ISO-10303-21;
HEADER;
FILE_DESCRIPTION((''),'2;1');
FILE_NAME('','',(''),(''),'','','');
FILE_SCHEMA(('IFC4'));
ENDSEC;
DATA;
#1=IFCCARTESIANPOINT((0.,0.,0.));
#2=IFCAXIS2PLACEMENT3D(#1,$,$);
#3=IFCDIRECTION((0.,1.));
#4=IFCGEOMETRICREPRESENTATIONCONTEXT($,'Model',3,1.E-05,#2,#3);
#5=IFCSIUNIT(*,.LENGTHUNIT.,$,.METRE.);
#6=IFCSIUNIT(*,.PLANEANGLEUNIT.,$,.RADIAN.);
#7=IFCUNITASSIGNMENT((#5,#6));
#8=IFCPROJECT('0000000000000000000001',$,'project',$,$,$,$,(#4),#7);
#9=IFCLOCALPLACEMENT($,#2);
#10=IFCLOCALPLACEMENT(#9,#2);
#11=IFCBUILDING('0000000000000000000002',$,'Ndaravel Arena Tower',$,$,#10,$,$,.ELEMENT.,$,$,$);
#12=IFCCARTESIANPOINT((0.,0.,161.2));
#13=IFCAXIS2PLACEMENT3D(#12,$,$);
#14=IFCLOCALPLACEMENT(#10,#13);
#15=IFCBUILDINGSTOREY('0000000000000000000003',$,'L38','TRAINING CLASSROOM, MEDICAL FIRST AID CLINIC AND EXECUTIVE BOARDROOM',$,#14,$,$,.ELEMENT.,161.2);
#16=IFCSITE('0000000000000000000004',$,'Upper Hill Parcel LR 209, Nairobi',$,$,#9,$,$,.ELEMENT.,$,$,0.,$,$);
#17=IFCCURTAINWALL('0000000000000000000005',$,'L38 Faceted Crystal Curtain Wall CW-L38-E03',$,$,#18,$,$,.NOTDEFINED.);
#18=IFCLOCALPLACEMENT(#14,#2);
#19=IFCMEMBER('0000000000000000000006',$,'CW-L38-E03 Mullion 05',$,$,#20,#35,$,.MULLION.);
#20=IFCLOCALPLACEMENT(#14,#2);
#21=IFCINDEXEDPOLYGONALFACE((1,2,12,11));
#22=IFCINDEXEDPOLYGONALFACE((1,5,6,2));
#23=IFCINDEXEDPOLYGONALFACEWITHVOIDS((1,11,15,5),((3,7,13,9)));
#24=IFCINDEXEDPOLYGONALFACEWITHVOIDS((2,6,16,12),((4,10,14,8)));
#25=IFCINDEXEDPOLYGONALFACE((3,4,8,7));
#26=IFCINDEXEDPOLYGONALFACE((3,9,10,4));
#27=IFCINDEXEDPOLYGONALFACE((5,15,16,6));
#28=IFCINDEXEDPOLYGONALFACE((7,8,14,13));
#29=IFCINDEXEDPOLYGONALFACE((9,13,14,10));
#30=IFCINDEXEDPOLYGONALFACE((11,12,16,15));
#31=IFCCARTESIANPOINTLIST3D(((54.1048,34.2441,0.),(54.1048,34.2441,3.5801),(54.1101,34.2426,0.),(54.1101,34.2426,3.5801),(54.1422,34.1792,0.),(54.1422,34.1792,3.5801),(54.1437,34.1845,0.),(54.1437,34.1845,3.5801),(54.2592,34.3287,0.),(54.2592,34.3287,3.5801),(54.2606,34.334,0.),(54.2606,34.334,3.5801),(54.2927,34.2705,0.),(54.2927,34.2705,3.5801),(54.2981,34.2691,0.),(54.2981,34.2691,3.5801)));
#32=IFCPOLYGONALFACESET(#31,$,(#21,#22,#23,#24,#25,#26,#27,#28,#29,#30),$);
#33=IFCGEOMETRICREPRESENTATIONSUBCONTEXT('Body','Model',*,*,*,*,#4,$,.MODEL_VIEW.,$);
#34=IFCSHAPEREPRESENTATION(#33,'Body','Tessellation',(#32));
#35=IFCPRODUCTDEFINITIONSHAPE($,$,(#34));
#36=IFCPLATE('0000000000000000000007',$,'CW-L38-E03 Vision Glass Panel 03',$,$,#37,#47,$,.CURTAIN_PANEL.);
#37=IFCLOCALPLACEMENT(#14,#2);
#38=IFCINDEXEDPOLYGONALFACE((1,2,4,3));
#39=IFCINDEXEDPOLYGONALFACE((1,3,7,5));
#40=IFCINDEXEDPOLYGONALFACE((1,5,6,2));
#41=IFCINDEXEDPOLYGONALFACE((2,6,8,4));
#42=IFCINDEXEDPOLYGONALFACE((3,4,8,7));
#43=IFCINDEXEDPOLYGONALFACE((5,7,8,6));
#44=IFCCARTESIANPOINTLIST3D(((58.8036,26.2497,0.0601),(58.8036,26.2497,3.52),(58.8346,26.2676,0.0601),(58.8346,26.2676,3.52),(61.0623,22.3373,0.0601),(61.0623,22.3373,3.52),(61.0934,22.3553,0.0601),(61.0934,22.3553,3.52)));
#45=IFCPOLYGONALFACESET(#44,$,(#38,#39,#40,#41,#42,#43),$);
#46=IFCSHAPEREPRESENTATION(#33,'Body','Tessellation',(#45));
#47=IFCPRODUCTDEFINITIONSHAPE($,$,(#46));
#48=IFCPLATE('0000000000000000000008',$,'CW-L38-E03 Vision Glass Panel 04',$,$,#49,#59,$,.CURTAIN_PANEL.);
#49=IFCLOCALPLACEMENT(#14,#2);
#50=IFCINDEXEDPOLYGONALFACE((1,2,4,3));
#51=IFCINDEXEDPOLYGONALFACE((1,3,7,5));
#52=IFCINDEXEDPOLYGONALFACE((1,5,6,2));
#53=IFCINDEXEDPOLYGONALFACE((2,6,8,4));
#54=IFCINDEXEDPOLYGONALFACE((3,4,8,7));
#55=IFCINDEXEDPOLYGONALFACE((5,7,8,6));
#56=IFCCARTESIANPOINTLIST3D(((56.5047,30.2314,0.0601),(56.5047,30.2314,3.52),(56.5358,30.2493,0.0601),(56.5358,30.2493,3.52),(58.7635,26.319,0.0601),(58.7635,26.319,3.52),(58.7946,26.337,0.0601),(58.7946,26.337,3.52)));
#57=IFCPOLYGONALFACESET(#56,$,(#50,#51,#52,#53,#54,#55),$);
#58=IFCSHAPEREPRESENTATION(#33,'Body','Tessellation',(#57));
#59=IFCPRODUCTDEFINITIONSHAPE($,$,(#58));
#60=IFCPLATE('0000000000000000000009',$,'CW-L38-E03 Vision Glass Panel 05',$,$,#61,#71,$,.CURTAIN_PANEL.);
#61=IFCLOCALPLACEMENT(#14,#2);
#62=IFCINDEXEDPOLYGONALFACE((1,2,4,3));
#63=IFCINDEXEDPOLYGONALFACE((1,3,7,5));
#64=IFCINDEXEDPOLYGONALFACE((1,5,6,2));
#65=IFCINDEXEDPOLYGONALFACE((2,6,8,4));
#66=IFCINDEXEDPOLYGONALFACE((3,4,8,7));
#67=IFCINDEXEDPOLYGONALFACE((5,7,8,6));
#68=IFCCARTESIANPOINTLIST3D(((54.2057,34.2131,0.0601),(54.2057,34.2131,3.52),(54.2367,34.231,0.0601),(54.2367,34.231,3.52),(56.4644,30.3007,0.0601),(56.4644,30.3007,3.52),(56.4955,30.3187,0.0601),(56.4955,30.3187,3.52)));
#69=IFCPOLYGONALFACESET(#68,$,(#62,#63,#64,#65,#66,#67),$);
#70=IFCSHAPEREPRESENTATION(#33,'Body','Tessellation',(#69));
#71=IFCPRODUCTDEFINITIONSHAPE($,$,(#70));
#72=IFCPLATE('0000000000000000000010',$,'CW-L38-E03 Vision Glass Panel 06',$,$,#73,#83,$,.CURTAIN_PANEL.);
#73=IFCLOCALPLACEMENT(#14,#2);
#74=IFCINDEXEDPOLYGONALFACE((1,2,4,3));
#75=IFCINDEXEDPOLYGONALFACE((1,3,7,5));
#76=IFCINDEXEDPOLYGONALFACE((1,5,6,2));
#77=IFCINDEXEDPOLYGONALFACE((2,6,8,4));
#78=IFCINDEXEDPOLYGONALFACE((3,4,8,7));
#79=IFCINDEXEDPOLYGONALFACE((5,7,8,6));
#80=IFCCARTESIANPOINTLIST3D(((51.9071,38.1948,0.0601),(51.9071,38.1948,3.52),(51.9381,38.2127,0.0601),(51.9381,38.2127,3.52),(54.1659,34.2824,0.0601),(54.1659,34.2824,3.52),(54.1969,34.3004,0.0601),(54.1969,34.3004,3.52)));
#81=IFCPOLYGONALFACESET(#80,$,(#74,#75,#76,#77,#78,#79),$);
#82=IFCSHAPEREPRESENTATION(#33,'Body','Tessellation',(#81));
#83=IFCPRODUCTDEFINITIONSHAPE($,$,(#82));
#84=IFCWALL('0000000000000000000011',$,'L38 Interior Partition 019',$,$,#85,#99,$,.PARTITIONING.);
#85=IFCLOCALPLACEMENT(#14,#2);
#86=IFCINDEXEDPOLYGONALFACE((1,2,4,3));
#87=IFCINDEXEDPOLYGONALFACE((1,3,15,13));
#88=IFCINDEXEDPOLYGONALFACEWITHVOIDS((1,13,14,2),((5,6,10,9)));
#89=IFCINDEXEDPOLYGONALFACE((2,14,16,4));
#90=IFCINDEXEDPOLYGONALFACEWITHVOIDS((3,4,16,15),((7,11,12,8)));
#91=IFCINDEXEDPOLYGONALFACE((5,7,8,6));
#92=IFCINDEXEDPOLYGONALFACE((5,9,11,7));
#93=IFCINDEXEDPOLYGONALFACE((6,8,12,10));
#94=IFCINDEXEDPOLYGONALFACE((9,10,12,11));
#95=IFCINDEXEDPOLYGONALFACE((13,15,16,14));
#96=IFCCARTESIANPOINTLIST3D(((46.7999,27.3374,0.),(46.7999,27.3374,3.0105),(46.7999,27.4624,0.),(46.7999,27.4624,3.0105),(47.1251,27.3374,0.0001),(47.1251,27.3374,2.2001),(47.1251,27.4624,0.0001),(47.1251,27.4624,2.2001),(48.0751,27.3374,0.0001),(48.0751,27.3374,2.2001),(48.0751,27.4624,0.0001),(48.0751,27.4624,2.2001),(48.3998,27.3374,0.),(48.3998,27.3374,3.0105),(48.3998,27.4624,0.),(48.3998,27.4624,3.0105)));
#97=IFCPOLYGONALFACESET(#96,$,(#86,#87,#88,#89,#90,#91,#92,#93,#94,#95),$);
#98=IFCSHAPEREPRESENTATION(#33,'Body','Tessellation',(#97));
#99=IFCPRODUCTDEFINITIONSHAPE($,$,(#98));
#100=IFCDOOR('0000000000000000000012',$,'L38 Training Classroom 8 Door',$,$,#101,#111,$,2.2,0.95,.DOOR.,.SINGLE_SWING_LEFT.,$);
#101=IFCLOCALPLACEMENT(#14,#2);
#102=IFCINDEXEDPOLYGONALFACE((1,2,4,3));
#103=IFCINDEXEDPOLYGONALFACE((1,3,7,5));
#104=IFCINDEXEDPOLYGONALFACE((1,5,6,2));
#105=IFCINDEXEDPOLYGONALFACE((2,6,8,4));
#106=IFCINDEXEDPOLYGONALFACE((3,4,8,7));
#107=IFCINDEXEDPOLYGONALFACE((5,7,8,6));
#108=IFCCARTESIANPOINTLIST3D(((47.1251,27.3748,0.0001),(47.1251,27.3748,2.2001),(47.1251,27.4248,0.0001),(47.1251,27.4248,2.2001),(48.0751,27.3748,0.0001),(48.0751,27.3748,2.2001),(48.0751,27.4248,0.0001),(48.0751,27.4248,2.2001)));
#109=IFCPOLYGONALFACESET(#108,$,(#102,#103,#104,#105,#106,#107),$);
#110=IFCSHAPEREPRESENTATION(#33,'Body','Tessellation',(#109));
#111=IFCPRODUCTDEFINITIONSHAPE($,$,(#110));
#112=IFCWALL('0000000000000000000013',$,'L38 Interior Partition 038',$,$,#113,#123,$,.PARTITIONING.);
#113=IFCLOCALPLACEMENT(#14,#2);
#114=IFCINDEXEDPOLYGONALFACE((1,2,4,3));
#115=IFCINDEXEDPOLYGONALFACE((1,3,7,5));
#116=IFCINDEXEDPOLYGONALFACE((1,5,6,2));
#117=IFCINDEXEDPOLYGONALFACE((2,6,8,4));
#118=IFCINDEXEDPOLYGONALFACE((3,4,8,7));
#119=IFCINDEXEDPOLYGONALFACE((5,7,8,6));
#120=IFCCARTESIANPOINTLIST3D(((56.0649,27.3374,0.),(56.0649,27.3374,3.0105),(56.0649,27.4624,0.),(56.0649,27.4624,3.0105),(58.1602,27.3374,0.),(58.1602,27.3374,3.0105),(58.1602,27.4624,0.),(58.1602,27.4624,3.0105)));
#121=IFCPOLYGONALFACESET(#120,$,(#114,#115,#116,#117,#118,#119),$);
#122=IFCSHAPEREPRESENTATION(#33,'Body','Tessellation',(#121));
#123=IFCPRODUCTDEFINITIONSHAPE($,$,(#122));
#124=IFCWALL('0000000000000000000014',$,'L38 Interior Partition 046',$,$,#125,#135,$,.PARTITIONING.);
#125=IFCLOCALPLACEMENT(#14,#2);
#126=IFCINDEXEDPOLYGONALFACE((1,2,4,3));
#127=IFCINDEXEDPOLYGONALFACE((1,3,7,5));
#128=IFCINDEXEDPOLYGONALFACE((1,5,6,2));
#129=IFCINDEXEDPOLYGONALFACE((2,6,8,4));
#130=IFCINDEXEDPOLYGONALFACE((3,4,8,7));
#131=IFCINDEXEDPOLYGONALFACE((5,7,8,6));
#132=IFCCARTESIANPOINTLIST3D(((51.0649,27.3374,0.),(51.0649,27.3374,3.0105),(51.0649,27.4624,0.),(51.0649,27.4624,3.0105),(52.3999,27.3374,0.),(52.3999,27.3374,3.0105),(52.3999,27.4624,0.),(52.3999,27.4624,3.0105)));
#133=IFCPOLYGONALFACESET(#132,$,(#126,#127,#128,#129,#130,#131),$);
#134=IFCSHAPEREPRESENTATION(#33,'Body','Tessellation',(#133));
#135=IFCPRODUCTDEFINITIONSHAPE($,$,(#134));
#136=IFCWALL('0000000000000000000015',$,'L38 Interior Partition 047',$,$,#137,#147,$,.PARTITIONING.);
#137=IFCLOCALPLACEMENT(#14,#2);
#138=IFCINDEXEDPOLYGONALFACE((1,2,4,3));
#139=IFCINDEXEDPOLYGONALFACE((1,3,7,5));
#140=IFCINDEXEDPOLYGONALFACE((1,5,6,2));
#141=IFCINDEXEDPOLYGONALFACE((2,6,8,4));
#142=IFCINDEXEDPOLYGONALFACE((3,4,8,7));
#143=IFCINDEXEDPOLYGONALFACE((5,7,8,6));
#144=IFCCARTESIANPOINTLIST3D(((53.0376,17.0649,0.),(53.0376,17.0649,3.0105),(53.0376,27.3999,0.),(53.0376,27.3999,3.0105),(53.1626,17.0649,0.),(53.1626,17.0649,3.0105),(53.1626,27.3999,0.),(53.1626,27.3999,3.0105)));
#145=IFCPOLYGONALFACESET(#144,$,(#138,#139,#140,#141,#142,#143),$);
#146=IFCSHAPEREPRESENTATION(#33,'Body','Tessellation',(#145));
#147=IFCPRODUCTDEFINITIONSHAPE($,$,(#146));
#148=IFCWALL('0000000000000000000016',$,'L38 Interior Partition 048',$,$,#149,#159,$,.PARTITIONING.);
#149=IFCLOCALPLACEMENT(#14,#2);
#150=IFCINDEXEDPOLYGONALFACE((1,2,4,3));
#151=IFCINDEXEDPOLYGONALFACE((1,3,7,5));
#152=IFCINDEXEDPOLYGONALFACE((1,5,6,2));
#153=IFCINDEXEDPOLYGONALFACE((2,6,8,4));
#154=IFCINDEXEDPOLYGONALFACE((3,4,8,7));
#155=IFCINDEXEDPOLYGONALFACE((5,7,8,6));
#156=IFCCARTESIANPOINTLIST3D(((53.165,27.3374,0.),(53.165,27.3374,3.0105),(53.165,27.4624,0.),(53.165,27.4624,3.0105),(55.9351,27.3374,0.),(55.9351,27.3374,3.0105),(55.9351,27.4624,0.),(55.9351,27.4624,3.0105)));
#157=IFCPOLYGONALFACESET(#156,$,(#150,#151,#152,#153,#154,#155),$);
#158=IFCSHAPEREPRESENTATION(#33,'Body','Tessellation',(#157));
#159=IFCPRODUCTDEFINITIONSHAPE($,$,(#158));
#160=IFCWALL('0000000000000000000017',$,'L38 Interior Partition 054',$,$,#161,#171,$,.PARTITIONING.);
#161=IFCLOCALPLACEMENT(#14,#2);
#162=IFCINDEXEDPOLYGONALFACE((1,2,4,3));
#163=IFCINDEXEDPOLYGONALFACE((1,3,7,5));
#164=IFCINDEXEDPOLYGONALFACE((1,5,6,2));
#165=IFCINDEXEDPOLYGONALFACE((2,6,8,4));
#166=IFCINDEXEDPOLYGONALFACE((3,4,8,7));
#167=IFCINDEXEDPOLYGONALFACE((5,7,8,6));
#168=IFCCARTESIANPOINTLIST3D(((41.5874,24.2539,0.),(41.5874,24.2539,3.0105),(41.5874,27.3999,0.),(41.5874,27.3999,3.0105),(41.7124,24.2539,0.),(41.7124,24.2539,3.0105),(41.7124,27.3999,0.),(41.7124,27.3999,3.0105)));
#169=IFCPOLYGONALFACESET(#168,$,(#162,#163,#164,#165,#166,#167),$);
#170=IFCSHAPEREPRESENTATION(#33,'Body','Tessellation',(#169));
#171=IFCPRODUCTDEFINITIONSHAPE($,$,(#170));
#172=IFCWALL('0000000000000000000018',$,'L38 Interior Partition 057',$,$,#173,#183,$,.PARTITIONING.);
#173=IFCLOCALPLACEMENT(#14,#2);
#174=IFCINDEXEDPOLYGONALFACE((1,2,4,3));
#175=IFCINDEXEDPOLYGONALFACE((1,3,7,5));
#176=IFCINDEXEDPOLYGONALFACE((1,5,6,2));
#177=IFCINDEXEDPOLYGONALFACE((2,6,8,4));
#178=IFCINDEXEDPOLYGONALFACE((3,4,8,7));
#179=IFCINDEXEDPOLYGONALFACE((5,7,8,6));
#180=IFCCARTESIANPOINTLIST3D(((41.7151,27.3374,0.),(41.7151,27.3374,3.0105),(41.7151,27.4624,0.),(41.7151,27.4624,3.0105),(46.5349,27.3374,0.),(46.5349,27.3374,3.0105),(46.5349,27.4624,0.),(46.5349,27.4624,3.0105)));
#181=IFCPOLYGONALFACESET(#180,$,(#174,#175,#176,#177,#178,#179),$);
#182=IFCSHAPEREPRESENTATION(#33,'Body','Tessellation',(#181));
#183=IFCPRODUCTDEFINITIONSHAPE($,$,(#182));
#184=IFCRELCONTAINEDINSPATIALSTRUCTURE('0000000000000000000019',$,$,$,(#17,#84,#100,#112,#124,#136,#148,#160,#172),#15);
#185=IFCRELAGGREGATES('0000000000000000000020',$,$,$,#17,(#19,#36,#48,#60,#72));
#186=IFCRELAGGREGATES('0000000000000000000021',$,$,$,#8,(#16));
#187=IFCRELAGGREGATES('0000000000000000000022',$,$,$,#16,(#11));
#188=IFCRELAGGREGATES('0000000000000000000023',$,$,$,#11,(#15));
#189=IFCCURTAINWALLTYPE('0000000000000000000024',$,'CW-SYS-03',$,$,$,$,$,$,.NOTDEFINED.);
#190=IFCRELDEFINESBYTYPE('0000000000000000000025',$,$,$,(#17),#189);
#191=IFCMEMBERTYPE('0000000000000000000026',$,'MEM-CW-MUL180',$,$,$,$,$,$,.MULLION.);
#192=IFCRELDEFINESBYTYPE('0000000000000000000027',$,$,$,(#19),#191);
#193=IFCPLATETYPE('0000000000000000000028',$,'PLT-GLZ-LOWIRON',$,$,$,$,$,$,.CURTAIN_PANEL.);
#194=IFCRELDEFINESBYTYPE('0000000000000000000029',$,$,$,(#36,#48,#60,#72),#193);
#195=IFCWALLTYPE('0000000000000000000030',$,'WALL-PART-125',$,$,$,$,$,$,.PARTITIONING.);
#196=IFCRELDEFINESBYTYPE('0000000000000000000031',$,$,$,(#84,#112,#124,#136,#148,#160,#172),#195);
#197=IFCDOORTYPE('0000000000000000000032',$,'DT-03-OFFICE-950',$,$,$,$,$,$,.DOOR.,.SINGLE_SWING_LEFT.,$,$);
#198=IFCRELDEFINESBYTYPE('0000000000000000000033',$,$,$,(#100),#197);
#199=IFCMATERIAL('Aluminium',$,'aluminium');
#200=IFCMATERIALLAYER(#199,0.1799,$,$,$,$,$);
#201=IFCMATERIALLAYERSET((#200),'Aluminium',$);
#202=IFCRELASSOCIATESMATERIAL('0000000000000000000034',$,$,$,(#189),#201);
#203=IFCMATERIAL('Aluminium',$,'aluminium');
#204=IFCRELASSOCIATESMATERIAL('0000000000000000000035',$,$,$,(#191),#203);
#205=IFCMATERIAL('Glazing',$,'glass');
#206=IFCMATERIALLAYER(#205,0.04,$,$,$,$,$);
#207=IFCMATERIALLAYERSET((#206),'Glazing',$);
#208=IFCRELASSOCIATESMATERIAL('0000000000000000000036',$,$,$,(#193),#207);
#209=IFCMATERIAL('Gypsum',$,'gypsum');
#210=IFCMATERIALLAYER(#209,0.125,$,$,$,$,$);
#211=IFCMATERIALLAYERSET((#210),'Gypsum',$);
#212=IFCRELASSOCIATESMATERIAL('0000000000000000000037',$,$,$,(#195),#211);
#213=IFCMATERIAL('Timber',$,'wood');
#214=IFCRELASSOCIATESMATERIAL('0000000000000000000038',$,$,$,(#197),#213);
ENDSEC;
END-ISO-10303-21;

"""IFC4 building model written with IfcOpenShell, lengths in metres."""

from ifc_helpers import new_model, si_unit, direction, frame, frame_2d, origin, origin_2d, place, context, subcontext, project, spatial, rectangle, hollow_rectangle, extrude, material, layer, layer_set, material_profile, profile_set, type_object, element, fill, aggregate, save


model = new_model("IFC4")

# Units and contexts
model_context = context("Model", 3, precision=1e-05, world=origin(), true_north=direction((0.0, 1.0)))
body_context = subcontext(model_context, "Body", "Model", "MODEL_VIEW")
ifc_project = project(units=[si_unit("LENGTHUNIT", "METRE"), si_unit("PLANEANGLEUNIT", "RADIAN")], contexts=[model_context])

# Site, building, storey
site_placement = place(None, origin())
site = spatial("IfcSite", under=ifc_project, at=site_placement, Name="Upper Hill Parcel LR 209, Nairobi", CompositionType="ELEMENT", RefElevation=0.0)
building_placement = place(site_placement, origin())
building = spatial("IfcBuilding", under=site, at=building_placement, Name="Ndaravel Arena Tower", CompositionType="ELEMENT")
storey_placement = place(building_placement, frame((0.0, 0.0, 161.2)))
storey = spatial("IfcBuildingStorey", under=building, at=storey_placement, Name="L38", Description="TRAINING CLASSROOM, MEDICAL FIRST AID CLINIC AND EXECUTIVE BOARDROOM", CompositionType="ELEMENT", Elevation=161.2)

# Curtain wall, member, plates
ifc_material_1 = material(Name="Aluminium", Category="aluminium")
ifc_layer_1 = layer(ifc_material_1, 0.1799)
ifc_layer_set_1 = layer_set([ifc_layer_1], Name="Aluminium")
curtain_wall_type = type_object("IfcCurtainWallType", Name="CW-SYS-03", PredefinedType="NOTDEFINED", material=ifc_layer_set_1)
curtain_wall_placement = place(storey_placement, origin())
curtain_wall = element("IfcCurtainWall", 1, at=curtain_wall_placement, inside=storey, type_object=curtain_wall_type, Name="L38 Faceted Crystal Curtain Wall CW-L38-E03", PredefinedType="NOTDEFINED")
ifc_material_2 = material(Name="Aluminium", Category="aluminium")
ifc_material_profile_1 = material_profile(ifc_material_2, hollow_rectangle(XDim=0.075, YDim=0.1799, WallThickness=0.0039, at=origin_2d()), Name="CW MULLION 75x180x4")
ifc_profile_set_1 = profile_set([ifc_material_profile_1], Name="Aluminium")
member_type = type_object("IfcMemberType", Name="MEM-CW-MUL180", PredefinedType="MULLION", material=ifc_profile_set_1)
member_1_placement = place(storey_placement, frame((54.2014, 34.2566, 0.0), z_axis=(0.0, 0.0, 1.0), x_axis=(-0.5, 0.866025, 0.0)))
member_1 = element("IfcMember", 2, at=member_1_placement, type_object=member_type, Name="CW-L38-E03 Mullion 05", PredefinedType="MULLION", context=body_context, shape_type="SweptSolid", body=[
    extrude(hollow_rectangle(XDim=0.075, YDim=0.1799, WallThickness=0.0039, at=origin_2d()), origin(), (0.0, 0.0, 1.0), 3.5801),
])
ifc_material_3 = material(Name="Glazing", Category="glass")
ifc_layer_2 = layer(ifc_material_3, 0.04)
ifc_layer_set_2 = layer_set([ifc_layer_2], Name="Glazing")
plate_type = type_object("IfcPlateType", Name="PLT-GLZ-LOWIRON", PredefinedType="CURTAIN_PANEL", material=ifc_layer_set_2)
plate_1_placement = place(storey_placement, frame((59.9485, 24.3025, 0.0601), z_axis=(0.0, 0.0, 1.0), x_axis=(-0.5, 0.866025, 0.0)))
plate_1 = element("IfcPlate", 3, at=plate_1_placement, type_object=plate_type, Name="CW-L38-E03 Vision Glass Panel 03", PredefinedType="CURTAIN_PANEL", context=body_context, shape_type="SweptSolid", body=[
    extrude(rectangle(XDim=4.5176, YDim=0.0359, at=origin_2d()), origin(), (0.0, 0.0, 1.0), 3.46),
])
plate_2_placement = place(storey_placement, frame((57.6497, 28.2842, 0.0601), z_axis=(0.0, 0.0, 1.0), x_axis=(-0.5, 0.866025, 0.0)))
plate_2 = element("IfcPlate", 4, at=plate_2_placement, type_object=plate_type, Name="CW-L38-E03 Vision Glass Panel 04", PredefinedType="CURTAIN_PANEL", context=body_context, shape_type="SweptSolid", body=[
    extrude(rectangle(XDim=4.5176, YDim=0.0359, at=origin_2d()), origin(), (0.0, 0.0, 1.0), 3.46),
])
plate_3_placement = place(storey_placement, frame((55.3506, 32.2659, 0.0601), z_axis=(0.0, 0.0, 1.0), x_axis=(-0.5, 0.866025, 0.0)))
plate_3 = element("IfcPlate", 5, at=plate_3_placement, type_object=plate_type, Name="CW-L38-E03 Vision Glass Panel 05", PredefinedType="CURTAIN_PANEL", context=body_context, shape_type="SweptSolid", body=[
    extrude(rectangle(XDim=4.5176, YDim=0.0359, at=origin_2d()), origin(), (0.0, 0.0, 1.0), 3.46),
])
plate_4_placement = place(storey_placement, frame((53.052, 36.2476, 0.0601), z_axis=(0.0, 0.0, 1.0), x_axis=(-0.5, 0.866025, 0.0)))
plate_4 = element("IfcPlate", 6, at=plate_4_placement, type_object=plate_type, Name="CW-L38-E03 Vision Glass Panel 06", PredefinedType="CURTAIN_PANEL", context=body_context, shape_type="SweptSolid", body=[
    extrude(rectangle(XDim=4.5176, YDim=0.0359, at=origin_2d()), origin(), (0.0, 0.0, 1.0), 3.46),
])
aggregate(curtain_wall, [member_1, plate_1, plate_2, plate_3, plate_4])

# Wall, opening, door
ifc_material_4 = material(Name="Gypsum", Category="gypsum")
ifc_layer_3 = layer(ifc_material_4, 0.125)
ifc_layer_set_3 = layer_set([ifc_layer_3], Name="Gypsum")
wall_type_1 = type_object("IfcWallType", Name="WALL-PART-125", PredefinedType="PARTITIONING", material=ifc_layer_set_3)
wall_1_placement = place(storey_placement, frame((46.8, 27.3999, 0.0), z_axis=(0.0, 0.0, 1.0), x_axis=(1.0, 0.0, 0.0)))
wall_1 = element("IfcWall", 7, at=wall_1_placement, inside=storey, type_object=wall_type_1, Name="L38 Interior Partition 019", PredefinedType="PARTITIONING", context=body_context, shape_type="SweptSolid", body=[
    extrude(rectangle(XDim=1.5999, YDim=0.125, at=frame_2d((0.7998, 0.0))), origin(), (0.0, 0.0, 1.0), 3.0105),
])
opening_1_placement = place(wall_1_placement, frame((0.325, 0.0, 0.0)))
opening_1 = element("IfcOpeningElement", 8, at=opening_1_placement, cuts=wall_1, PredefinedType="OPENING", context=body_context, shape_type="SweptSolid", body=[
    extrude(rectangle(XDim=0.95, YDim=2.2, at=frame_2d((0.4751, 1.1001))), frame((0.0, 0.0625, 0.0), z_axis=(0.0, -1.0, 0.0), x_axis=(1.0, 0.0, 0.0)), (0.0, 0.0, 1.0), 0.125),
])
ifc_material_5 = material(Name="Timber", Category="wood")
door_type_1 = type_object("IfcDoorType", Name="DT-03-OFFICE-950", OperationType="SINGLE_SWING_LEFT", PredefinedType="DOOR", material=ifc_material_5)
door_1_placement = place(opening_1_placement, origin())
door_1 = element("IfcDoor", 9, at=door_1_placement, inside=storey, type_object=door_type_1, Name="L38 Training Classroom 8 Door", OperationType="SINGLE_SWING_LEFT", OverallHeight=2.2, OverallWidth=0.95, PredefinedType="DOOR", context=body_context, shape_type="SweptSolid", body=[
    extrude(rectangle(XDim=0.95, YDim=2.2, at=frame_2d((0.4751, 1.1001))), frame((0.0, 0.0249, 0.0), z_axis=(0.0, -1.0, 0.0), x_axis=(1.0, 0.0, 0.0)), (0.0, 0.0, 1.0), 0.05),
])
fill(opening_1, door_1)

# Walls
wall_2_placement = place(storey_placement, frame((56.0649, 27.3999, 0.0), z_axis=(0.0, 0.0, 1.0), x_axis=(1.0, 0.0, 0.0)))
element("IfcWall", 10, at=wall_2_placement, inside=storey, type_object=wall_type_1, Name="L38 Interior Partition 038", PredefinedType="PARTITIONING", context=body_context, shape_type="SweptSolid", body=[
    extrude(rectangle(XDim=2.0952, YDim=0.125, at=frame_2d((1.0476, 0.0))), origin(), (0.0, 0.0, 1.0), 3.0105),
])
wall_3_placement = place(storey_placement, frame((51.0649, 27.3999, 0.0), z_axis=(0.0, 0.0, 1.0), x_axis=(1.0, 0.0, 0.0)))
element("IfcWall", 11, at=wall_3_placement, inside=storey, type_object=wall_type_1, Name="L38 Interior Partition 046", PredefinedType="PARTITIONING", context=body_context, shape_type="SweptSolid", body=[
    extrude(rectangle(XDim=1.335, YDim=0.125, at=frame_2d((0.6675, 0.0))), origin(), (0.0, 0.0, 1.0), 3.0105),
])
wall_4_placement = place(storey_placement, frame((53.1001, 27.3999, 0.0), z_axis=(0.0, 0.0, 1.0), x_axis=(0.0, -1.0, 0.0)))
element("IfcWall", 12, at=wall_4_placement, inside=storey, type_object=wall_type_1, Name="L38 Interior Partition 047", PredefinedType="PARTITIONING", context=body_context, shape_type="SweptSolid", body=[
    extrude(rectangle(XDim=10.335, YDim=0.125, at=frame_2d((5.1675, 0.0))), origin(), (0.0, 0.0, 1.0), 3.0105),
])
wall_5_placement = place(storey_placement, frame((53.165, 27.3999, 0.0), z_axis=(0.0, 0.0, 1.0), x_axis=(1.0, 0.0, 0.0)))
element("IfcWall", 13, at=wall_5_placement, inside=storey, type_object=wall_type_1, Name="L38 Interior Partition 048", PredefinedType="PARTITIONING", context=body_context, shape_type="SweptSolid", body=[
    extrude(rectangle(XDim=2.77, YDim=0.125, at=frame_2d((1.385, 0.0))), origin(), (0.0, 0.0, 1.0), 3.0105),
])
wall_6_placement = place(storey_placement, frame((41.6499, 27.3999, 0.0), z_axis=(0.0, 0.0, 1.0), x_axis=(0.0, -1.0, 0.0)))
element("IfcWall", 14, at=wall_6_placement, inside=storey, type_object=wall_type_1, Name="L38 Interior Partition 054", PredefinedType="PARTITIONING", context=body_context, shape_type="SweptSolid", body=[
    extrude(rectangle(XDim=3.146, YDim=0.125, at=frame_2d((1.573, 0.0))), origin(), (0.0, 0.0, 1.0), 3.0105),
])
wall_7_placement = place(storey_placement, frame((41.7151, 27.3999, 0.0), z_axis=(0.0, 0.0, 1.0), x_axis=(1.0, 0.0, 0.0)))
element("IfcWall", 15, at=wall_7_placement, inside=storey, type_object=wall_type_1, Name="L38 Interior Partition 057", PredefinedType="PARTITIONING", context=body_context, shape_type="SweptSolid", body=[
    extrude(rectangle(XDim=4.8198, YDim=0.125, at=frame_2d((2.4099, 0.0))), origin(), (0.0, 0.0, 1.0), 3.0105),
])

save(model, "model.ifc")
